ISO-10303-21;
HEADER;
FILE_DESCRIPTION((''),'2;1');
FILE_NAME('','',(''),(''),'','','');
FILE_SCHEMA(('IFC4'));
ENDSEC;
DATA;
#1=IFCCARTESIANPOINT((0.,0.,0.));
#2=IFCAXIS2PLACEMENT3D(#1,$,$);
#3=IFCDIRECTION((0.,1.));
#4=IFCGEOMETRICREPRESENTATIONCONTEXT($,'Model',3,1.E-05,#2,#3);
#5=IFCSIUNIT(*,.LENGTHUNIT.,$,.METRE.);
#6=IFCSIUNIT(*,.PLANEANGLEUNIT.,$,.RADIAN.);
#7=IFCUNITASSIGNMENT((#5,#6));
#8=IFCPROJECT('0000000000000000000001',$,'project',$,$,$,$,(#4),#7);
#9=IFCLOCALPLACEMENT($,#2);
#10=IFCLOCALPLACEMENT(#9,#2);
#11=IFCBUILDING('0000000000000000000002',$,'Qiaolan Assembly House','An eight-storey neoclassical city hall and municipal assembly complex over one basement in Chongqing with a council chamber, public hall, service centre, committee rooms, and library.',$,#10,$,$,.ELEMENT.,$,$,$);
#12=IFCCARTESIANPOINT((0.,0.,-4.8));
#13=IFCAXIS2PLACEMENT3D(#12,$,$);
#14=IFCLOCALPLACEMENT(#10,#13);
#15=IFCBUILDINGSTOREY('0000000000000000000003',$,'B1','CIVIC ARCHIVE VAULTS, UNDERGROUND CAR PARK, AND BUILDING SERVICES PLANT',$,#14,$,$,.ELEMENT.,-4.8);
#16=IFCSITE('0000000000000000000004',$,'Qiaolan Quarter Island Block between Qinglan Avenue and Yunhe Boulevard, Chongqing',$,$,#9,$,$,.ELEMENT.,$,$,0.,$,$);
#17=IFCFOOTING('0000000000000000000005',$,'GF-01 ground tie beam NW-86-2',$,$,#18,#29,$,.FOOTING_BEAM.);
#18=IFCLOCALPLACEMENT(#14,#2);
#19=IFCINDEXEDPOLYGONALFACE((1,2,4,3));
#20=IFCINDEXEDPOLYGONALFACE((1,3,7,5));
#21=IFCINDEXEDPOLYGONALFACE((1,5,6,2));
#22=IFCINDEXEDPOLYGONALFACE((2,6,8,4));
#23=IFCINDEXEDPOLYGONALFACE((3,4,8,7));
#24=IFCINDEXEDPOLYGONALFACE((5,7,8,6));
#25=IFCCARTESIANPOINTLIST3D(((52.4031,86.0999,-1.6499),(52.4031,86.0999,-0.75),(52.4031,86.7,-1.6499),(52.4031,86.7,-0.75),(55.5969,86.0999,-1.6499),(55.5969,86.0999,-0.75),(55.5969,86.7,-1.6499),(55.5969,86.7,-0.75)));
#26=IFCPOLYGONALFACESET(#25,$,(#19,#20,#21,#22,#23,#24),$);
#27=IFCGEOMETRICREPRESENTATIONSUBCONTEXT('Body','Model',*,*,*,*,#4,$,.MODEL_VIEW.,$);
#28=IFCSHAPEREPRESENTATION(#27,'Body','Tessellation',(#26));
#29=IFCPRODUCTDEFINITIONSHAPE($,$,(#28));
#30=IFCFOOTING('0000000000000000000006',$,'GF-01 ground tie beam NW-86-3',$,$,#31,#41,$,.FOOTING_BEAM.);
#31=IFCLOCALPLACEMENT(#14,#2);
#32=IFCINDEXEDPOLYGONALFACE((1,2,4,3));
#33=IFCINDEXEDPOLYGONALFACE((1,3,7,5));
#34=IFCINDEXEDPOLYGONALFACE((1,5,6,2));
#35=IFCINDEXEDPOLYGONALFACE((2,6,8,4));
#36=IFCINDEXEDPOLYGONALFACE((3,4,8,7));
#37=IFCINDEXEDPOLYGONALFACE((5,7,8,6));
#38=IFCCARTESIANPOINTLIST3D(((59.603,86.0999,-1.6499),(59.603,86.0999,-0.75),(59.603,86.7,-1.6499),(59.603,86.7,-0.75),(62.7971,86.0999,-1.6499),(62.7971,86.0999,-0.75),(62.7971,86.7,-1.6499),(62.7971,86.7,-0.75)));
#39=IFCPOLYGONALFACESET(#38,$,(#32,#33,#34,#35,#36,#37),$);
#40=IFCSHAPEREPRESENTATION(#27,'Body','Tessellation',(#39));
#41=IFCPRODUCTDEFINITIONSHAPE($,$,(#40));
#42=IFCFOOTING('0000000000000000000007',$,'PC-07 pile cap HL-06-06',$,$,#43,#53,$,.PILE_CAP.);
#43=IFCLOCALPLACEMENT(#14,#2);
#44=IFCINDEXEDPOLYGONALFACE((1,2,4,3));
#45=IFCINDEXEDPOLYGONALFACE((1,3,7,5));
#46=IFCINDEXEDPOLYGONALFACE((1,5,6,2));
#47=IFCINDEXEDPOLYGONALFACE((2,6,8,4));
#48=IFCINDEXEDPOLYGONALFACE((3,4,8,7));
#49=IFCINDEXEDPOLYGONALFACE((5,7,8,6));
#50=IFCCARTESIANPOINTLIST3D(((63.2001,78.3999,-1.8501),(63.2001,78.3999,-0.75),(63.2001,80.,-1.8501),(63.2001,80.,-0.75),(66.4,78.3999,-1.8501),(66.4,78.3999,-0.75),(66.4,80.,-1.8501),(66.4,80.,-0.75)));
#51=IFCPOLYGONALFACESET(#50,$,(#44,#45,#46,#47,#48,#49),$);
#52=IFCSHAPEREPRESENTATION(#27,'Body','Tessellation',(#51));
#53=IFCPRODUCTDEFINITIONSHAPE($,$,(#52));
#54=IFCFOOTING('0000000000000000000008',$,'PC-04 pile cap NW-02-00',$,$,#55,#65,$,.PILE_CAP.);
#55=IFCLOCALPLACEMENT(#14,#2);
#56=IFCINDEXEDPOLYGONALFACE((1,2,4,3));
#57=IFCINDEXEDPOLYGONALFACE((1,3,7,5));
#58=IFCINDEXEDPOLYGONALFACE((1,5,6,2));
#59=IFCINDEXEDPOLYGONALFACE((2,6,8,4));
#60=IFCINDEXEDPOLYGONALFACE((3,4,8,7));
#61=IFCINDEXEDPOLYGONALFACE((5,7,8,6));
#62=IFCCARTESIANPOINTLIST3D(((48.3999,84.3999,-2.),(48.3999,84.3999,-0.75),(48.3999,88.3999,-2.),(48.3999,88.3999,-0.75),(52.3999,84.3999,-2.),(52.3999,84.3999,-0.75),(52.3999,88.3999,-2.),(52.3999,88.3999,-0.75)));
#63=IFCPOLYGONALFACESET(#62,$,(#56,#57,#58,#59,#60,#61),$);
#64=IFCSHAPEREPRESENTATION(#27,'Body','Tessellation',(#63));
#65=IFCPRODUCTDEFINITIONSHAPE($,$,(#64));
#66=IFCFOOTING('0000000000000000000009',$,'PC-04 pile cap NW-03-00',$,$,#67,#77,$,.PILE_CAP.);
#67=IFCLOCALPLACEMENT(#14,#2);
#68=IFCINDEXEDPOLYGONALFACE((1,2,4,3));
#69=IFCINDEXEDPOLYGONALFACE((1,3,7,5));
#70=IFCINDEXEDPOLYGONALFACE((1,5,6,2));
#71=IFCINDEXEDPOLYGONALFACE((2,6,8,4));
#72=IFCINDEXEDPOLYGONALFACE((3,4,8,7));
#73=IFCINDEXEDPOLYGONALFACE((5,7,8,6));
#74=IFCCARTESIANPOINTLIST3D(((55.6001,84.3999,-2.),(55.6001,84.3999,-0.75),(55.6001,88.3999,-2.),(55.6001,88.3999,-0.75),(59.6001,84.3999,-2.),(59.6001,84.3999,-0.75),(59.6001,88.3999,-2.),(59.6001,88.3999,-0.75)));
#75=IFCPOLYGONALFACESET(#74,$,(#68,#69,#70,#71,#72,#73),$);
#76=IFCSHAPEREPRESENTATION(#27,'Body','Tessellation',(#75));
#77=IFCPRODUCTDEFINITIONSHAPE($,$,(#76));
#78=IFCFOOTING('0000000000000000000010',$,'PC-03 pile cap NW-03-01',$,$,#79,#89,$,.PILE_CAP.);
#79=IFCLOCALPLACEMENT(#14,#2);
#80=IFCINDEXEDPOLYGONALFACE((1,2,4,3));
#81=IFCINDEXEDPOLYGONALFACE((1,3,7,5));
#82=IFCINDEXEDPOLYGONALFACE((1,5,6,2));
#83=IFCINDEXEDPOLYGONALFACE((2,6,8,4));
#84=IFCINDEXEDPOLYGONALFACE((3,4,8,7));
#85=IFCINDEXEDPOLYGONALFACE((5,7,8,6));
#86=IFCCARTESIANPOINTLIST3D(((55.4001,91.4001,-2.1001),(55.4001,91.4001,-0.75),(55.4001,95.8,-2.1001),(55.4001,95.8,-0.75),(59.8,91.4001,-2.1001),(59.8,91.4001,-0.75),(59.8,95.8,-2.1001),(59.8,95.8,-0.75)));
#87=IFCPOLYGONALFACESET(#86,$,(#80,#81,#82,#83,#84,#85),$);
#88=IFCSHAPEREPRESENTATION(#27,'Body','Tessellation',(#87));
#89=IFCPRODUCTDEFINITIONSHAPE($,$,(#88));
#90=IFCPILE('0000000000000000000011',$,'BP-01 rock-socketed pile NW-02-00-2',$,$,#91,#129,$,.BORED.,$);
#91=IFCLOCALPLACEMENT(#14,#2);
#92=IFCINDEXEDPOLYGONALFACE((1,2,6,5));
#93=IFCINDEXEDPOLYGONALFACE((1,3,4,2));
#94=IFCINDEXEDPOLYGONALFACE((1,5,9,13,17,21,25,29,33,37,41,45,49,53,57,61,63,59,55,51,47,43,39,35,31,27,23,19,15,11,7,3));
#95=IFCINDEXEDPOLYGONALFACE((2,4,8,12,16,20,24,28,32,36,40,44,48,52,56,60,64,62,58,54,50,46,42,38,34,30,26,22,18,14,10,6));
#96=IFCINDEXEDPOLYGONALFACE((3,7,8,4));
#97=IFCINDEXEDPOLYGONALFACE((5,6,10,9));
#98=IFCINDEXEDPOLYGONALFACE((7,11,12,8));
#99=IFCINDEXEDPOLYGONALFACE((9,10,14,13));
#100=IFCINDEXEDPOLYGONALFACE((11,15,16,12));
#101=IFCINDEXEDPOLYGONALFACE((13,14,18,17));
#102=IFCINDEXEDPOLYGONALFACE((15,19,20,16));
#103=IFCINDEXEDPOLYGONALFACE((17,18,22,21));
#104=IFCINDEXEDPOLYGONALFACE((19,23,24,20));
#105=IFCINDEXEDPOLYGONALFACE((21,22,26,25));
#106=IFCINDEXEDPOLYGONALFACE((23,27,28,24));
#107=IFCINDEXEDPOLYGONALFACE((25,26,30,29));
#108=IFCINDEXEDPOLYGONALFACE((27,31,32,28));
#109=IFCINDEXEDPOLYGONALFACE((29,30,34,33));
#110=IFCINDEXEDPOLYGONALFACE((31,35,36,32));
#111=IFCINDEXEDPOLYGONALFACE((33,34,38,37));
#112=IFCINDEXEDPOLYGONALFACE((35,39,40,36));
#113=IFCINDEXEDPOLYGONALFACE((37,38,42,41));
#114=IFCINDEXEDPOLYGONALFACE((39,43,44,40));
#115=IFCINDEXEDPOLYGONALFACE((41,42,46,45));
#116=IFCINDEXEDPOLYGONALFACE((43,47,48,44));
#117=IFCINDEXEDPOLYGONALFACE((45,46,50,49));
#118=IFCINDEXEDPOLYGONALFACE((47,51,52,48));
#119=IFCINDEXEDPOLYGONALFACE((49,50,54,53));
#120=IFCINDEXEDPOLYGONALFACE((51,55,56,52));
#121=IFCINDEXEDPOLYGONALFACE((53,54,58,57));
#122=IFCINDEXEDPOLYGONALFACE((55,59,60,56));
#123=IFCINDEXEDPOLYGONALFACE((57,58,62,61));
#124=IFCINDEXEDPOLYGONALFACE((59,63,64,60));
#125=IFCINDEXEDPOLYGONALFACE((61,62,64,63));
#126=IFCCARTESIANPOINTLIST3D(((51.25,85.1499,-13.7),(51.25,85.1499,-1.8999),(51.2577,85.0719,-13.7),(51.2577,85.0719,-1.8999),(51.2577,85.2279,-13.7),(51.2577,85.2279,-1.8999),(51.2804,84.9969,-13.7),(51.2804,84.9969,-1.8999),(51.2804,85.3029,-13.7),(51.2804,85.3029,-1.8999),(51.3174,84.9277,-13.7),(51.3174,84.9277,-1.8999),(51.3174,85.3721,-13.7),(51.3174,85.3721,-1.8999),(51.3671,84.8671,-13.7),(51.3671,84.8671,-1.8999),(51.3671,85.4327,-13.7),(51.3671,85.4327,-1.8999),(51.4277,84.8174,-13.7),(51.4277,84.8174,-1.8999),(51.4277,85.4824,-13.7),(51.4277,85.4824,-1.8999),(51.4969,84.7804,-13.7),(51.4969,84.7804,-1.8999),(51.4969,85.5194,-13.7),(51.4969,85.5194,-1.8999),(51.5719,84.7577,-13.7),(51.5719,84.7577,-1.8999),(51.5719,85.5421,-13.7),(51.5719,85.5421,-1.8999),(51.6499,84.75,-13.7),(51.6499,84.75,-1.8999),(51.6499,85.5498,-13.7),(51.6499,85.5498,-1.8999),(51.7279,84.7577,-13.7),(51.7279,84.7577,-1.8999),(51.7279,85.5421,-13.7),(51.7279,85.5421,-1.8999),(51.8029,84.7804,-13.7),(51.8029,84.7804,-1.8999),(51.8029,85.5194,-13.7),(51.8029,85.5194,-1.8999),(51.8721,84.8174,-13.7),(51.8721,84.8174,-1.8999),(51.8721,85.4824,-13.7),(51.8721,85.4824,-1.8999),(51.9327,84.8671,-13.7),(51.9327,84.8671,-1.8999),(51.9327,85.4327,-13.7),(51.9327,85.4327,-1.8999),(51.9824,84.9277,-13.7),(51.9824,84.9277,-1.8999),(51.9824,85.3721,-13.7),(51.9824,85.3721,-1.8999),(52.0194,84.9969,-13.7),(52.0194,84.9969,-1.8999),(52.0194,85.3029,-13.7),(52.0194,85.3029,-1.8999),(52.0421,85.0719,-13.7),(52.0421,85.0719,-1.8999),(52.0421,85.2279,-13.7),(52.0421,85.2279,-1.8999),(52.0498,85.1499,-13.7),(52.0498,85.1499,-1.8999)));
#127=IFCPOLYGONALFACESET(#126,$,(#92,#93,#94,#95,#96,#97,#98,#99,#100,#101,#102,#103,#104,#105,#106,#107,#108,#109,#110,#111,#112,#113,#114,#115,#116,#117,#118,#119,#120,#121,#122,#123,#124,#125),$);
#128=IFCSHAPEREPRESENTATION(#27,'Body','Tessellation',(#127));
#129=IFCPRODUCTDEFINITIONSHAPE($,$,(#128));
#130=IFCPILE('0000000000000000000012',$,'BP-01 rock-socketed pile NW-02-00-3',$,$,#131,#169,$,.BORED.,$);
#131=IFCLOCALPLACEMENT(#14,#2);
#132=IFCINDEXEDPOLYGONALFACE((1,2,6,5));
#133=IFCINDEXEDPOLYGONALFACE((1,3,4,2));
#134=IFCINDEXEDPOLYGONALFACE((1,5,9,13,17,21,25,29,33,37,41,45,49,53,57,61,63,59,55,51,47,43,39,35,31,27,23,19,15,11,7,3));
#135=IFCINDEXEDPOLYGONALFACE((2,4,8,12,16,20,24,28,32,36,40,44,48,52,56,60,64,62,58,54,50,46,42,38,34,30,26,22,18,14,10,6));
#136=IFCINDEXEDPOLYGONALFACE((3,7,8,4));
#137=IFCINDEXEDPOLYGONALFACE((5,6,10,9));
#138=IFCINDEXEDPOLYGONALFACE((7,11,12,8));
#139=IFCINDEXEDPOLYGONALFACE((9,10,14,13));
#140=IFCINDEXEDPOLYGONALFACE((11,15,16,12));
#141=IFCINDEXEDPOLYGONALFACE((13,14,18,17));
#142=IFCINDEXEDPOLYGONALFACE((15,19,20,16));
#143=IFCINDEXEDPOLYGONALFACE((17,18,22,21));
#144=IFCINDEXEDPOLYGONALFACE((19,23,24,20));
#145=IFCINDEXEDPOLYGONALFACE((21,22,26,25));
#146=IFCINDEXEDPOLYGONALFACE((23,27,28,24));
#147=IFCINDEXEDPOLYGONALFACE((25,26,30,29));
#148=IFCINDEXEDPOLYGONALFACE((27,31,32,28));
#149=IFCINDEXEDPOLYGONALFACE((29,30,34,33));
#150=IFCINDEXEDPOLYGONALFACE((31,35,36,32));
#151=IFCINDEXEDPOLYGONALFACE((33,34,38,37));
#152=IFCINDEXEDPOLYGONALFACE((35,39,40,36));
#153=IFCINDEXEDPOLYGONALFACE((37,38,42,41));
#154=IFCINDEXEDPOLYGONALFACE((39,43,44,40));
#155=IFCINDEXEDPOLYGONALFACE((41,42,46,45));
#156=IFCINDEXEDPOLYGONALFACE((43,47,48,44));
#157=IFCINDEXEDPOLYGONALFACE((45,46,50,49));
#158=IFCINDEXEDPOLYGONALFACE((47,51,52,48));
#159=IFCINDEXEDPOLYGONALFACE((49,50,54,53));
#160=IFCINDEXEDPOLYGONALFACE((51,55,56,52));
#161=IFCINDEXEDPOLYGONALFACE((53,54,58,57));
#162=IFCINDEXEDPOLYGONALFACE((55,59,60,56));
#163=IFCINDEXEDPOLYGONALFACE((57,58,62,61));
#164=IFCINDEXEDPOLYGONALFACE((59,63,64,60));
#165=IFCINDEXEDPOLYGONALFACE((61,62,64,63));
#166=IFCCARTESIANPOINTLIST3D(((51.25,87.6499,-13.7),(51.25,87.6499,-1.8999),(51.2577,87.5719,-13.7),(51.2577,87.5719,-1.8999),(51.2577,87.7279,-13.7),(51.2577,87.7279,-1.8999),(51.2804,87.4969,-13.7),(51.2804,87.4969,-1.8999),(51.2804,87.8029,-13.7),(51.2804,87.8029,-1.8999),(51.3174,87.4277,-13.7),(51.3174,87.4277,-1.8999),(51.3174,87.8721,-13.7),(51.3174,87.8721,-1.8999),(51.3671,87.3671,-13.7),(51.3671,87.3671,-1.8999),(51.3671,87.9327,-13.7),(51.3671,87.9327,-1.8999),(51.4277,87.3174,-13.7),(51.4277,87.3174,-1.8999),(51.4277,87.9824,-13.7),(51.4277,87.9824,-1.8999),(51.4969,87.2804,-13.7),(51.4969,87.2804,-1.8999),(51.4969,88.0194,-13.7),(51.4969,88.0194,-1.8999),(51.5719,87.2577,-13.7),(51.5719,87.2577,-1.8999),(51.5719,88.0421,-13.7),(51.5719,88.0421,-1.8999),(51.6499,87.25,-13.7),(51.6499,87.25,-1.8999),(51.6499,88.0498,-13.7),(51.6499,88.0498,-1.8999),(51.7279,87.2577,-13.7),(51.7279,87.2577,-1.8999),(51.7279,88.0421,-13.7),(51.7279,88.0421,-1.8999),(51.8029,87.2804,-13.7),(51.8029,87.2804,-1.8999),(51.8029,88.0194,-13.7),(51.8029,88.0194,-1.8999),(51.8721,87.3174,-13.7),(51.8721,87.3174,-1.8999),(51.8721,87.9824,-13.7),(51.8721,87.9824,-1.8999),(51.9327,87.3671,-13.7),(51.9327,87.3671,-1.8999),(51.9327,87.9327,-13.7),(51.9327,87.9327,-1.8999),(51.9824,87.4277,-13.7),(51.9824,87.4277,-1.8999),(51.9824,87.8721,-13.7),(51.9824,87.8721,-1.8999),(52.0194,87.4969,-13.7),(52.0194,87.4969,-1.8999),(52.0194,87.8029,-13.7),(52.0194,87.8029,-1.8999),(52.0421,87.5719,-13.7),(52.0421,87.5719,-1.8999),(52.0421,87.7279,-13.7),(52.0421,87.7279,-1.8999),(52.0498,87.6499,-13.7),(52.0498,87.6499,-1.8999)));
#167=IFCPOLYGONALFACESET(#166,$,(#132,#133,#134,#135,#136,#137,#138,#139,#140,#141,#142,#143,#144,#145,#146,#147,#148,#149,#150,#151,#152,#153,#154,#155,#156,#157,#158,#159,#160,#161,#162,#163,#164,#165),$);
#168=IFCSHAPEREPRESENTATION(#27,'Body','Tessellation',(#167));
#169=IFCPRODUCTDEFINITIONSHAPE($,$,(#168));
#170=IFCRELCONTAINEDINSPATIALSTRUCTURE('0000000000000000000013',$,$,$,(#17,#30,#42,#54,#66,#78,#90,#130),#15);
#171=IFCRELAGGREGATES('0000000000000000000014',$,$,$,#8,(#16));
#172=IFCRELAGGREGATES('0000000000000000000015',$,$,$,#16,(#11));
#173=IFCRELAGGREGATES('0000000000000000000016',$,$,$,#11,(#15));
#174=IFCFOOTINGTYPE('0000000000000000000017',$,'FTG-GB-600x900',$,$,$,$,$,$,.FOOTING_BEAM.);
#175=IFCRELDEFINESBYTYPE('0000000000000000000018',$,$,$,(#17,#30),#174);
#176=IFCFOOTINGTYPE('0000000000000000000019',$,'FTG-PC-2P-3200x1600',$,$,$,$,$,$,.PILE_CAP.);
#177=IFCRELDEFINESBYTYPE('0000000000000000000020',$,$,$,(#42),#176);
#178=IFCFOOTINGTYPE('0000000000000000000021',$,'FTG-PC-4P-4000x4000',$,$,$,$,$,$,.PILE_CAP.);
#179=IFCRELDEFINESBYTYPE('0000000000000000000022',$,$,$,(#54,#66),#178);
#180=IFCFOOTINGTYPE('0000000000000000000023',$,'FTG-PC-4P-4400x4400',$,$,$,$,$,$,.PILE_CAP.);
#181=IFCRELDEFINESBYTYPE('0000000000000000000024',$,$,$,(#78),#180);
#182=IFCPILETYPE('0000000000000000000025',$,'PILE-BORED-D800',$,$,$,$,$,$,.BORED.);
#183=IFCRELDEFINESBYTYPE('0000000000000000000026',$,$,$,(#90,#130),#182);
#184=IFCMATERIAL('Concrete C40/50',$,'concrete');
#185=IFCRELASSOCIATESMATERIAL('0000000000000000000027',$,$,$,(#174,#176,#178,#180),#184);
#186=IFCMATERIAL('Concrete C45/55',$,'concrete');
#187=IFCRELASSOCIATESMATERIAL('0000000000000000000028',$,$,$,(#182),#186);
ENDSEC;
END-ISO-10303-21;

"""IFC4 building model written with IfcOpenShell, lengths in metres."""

from ifc_helpers import new_model, si_unit, direction, frame, origin, origin_2d, place, context, subcontext, project, spatial, rectangle, circle, extrude, material, material_profile, profile_set, type_object, element, save


model = new_model("IFC4")

# Units and contexts
model_context = context("Model", 3, precision=1e-05, world=origin(), true_north=direction((0.0, 1.0)))
body_context = subcontext(model_context, "Body", "Model", "MODEL_VIEW")
ifc_project = project(units=[si_unit("LENGTHUNIT", "METRE"), si_unit("PLANEANGLEUNIT", "RADIAN")], contexts=[model_context])

# Site, building, storey
site_placement = place(None, origin())
site = spatial("IfcSite", under=ifc_project, at=site_placement, Name="Qiaolan Quarter Island Block between Qinglan Avenue and Yunhe Boulevard, Chongqing", CompositionType="ELEMENT", RefElevation=0.0)
building_placement = place(site_placement, origin())
building = spatial("IfcBuilding", under=site, at=building_placement, Name="Qiaolan Assembly House", Description="An eight-storey neoclassical city hall and municipal assembly complex over one basement in Chongqing with a council chamber, public hall, service centre, committee rooms, and library.", CompositionType="ELEMENT")
storey_placement = place(building_placement, frame((0.0, 0.0, -4.8)))
storey = spatial("IfcBuildingStorey", under=building, at=storey_placement, Name="B1", Description="CIVIC ARCHIVE VAULTS, UNDERGROUND CAR PARK, AND BUILDING SERVICES PLANT", CompositionType="ELEMENT", Elevation=-4.8)

# Footings
ifc_material_1 = material(Name="Concrete C40/50", Category="concrete")
ifc_material_profile_1 = material_profile(ifc_material_1, rectangle(XDim=0.6001, YDim=0.8999, at=origin_2d()), Name="GF 600x900")
ifc_profile_set_1 = profile_set([ifc_material_profile_1], Name="Concrete C40/50")
footing_type_1 = type_object("IfcFootingType", Name="FTG-GB-600x900", PredefinedType="FOOTING_BEAM", material=ifc_profile_set_1)
footing_1_placement = place(storey_placement, frame((52.4031, 86.3999, -1.2), z_axis=(1.0, 0.0, 0.0), x_axis=(0.0, 1.0, 0.0)))
element("IfcFooting", 1, at=footing_1_placement, inside=storey, type_object=footing_type_1, Name="GF-01 ground tie beam NW-86-2", PredefinedType="FOOTING_BEAM", context=body_context, shape_type="SweptSolid", body=[
    extrude(rectangle(XDim=0.6001, YDim=0.8999, at=origin_2d()), origin(), (0.0, 0.0, 1.0), 3.1938),
])
footing_2_placement = place(storey_placement, frame((59.603, 86.3999, -1.2), z_axis=(1.0, 0.0, 0.0), x_axis=(0.0, 1.0, 0.0)))
element("IfcFooting", 2, at=footing_2_placement, inside=storey, type_object=footing_type_1, Name="GF-01 ground tie beam NW-86-3", PredefinedType="FOOTING_BEAM", context=body_context, shape_type="SweptSolid", body=[
    extrude(rectangle(XDim=0.6001, YDim=0.8999, at=origin_2d()), origin(), (0.0, 0.0, 1.0), 3.1941),
])
footing_type_2 = type_object("IfcFootingType", Name="FTG-PC-2P-3200x1600", PredefinedType="PILE_CAP", material=ifc_material_1)
footing_3_placement = place(storey_placement, frame((64.8, 79.2, -1.8501), z_axis=(0.0, 0.0, 1.0), x_axis=(1.0, 0.0, 0.0)))
element("IfcFooting", 3, at=footing_3_placement, inside=storey, type_object=footing_type_2, Name="PC-07 pile cap HL-06-06", PredefinedType="PILE_CAP", context=body_context, shape_type="SweptSolid", body=[
    extrude(rectangle(XDim=3.2, YDim=1.6001, at=origin_2d()), origin(), (0.0, 0.0, 1.0), 1.1001),
])
footing_type_3 = type_object("IfcFootingType", Name="FTG-PC-4P-4000x4000", PredefinedType="PILE_CAP", material=ifc_material_1)
for number, where, z_axis, x_axis, name in (
    (4, (50.3999, 86.3999, -2.0), (0.0, 0.0, 1.0), (1.0, 0.0, 0.0), "PC-04 pile cap NW-02-00"),
    (5, (57.6001, 86.3999, -2.0), (0.0, 0.0, 1.0), (1.0, 0.0, 0.0), "PC-04 pile cap NW-03-00"),
):
    element("IfcFooting", number, at=place(storey_placement, frame(where, z_axis=z_axis, x_axis=x_axis)), inside=storey, type_object=footing_type_3, Name=name, PredefinedType="PILE_CAP", context=body_context, shape_type="SweptSolid", body=[
        extrude(rectangle(XDim=4.0, YDim=4.0, at=origin_2d()), origin(), (0.0, 0.0, 1.0), 1.25),
    ])
footing_type_4 = type_object("IfcFootingType", Name="FTG-PC-4P-4400x4400", PredefinedType="PILE_CAP", material=ifc_material_1)
footing_4_placement = place(storey_placement, frame((57.6001, 93.6001, -2.1001), z_axis=(0.0, 0.0, 1.0), x_axis=(1.0, 0.0, 0.0)))
element("IfcFooting", 6, at=footing_4_placement, inside=storey, type_object=footing_type_4, Name="PC-03 pile cap NW-03-01", PredefinedType="PILE_CAP", context=body_context, shape_type="SweptSolid", body=[
    extrude(rectangle(XDim=4.3999, YDim=4.3999, at=origin_2d()), origin(), (0.0, 0.0, 1.0), 1.3501),
])

# Piles
ifc_material_2 = material(Name="Concrete C45/55", Category="concrete")
ifc_material_profile_2 = material_profile(ifc_material_2, circle(Radius=0.3999, at=origin_2d()), Name="PILE D800")
ifc_profile_set_2 = profile_set([ifc_material_profile_2], Name="Concrete C45/55")
pile_type_1 = type_object("IfcPileType", Name="PILE-BORED-D800", PredefinedType="BORED", material=ifc_profile_set_2)
for number, where, z_axis, x_axis, name in (
    (7, (51.6499, 85.1499, -1.8999), (0.0, 0.0, -1.0), (1.0, 0.0, 0.0), "BP-01 rock-socketed pile NW-02-00-2"),
    (8, (51.6499, 87.6499, -1.8999), (0.0, 0.0, -1.0), (1.0, 0.0, 0.0), "BP-01 rock-socketed pile NW-02-00-3"),
):
    element("IfcPile", number, at=place(storey_placement, frame(where, z_axis=z_axis, x_axis=x_axis)), inside=storey, type_object=pile_type_1, Name=name, PredefinedType="BORED", context=body_context, shape_type="SweptSolid", body=[
        extrude(circle(Radius=0.3999, at=origin_2d()), origin(), (0.0, 0.0, 1.0), 11.8),
    ])

save(model, "model.ifc")
